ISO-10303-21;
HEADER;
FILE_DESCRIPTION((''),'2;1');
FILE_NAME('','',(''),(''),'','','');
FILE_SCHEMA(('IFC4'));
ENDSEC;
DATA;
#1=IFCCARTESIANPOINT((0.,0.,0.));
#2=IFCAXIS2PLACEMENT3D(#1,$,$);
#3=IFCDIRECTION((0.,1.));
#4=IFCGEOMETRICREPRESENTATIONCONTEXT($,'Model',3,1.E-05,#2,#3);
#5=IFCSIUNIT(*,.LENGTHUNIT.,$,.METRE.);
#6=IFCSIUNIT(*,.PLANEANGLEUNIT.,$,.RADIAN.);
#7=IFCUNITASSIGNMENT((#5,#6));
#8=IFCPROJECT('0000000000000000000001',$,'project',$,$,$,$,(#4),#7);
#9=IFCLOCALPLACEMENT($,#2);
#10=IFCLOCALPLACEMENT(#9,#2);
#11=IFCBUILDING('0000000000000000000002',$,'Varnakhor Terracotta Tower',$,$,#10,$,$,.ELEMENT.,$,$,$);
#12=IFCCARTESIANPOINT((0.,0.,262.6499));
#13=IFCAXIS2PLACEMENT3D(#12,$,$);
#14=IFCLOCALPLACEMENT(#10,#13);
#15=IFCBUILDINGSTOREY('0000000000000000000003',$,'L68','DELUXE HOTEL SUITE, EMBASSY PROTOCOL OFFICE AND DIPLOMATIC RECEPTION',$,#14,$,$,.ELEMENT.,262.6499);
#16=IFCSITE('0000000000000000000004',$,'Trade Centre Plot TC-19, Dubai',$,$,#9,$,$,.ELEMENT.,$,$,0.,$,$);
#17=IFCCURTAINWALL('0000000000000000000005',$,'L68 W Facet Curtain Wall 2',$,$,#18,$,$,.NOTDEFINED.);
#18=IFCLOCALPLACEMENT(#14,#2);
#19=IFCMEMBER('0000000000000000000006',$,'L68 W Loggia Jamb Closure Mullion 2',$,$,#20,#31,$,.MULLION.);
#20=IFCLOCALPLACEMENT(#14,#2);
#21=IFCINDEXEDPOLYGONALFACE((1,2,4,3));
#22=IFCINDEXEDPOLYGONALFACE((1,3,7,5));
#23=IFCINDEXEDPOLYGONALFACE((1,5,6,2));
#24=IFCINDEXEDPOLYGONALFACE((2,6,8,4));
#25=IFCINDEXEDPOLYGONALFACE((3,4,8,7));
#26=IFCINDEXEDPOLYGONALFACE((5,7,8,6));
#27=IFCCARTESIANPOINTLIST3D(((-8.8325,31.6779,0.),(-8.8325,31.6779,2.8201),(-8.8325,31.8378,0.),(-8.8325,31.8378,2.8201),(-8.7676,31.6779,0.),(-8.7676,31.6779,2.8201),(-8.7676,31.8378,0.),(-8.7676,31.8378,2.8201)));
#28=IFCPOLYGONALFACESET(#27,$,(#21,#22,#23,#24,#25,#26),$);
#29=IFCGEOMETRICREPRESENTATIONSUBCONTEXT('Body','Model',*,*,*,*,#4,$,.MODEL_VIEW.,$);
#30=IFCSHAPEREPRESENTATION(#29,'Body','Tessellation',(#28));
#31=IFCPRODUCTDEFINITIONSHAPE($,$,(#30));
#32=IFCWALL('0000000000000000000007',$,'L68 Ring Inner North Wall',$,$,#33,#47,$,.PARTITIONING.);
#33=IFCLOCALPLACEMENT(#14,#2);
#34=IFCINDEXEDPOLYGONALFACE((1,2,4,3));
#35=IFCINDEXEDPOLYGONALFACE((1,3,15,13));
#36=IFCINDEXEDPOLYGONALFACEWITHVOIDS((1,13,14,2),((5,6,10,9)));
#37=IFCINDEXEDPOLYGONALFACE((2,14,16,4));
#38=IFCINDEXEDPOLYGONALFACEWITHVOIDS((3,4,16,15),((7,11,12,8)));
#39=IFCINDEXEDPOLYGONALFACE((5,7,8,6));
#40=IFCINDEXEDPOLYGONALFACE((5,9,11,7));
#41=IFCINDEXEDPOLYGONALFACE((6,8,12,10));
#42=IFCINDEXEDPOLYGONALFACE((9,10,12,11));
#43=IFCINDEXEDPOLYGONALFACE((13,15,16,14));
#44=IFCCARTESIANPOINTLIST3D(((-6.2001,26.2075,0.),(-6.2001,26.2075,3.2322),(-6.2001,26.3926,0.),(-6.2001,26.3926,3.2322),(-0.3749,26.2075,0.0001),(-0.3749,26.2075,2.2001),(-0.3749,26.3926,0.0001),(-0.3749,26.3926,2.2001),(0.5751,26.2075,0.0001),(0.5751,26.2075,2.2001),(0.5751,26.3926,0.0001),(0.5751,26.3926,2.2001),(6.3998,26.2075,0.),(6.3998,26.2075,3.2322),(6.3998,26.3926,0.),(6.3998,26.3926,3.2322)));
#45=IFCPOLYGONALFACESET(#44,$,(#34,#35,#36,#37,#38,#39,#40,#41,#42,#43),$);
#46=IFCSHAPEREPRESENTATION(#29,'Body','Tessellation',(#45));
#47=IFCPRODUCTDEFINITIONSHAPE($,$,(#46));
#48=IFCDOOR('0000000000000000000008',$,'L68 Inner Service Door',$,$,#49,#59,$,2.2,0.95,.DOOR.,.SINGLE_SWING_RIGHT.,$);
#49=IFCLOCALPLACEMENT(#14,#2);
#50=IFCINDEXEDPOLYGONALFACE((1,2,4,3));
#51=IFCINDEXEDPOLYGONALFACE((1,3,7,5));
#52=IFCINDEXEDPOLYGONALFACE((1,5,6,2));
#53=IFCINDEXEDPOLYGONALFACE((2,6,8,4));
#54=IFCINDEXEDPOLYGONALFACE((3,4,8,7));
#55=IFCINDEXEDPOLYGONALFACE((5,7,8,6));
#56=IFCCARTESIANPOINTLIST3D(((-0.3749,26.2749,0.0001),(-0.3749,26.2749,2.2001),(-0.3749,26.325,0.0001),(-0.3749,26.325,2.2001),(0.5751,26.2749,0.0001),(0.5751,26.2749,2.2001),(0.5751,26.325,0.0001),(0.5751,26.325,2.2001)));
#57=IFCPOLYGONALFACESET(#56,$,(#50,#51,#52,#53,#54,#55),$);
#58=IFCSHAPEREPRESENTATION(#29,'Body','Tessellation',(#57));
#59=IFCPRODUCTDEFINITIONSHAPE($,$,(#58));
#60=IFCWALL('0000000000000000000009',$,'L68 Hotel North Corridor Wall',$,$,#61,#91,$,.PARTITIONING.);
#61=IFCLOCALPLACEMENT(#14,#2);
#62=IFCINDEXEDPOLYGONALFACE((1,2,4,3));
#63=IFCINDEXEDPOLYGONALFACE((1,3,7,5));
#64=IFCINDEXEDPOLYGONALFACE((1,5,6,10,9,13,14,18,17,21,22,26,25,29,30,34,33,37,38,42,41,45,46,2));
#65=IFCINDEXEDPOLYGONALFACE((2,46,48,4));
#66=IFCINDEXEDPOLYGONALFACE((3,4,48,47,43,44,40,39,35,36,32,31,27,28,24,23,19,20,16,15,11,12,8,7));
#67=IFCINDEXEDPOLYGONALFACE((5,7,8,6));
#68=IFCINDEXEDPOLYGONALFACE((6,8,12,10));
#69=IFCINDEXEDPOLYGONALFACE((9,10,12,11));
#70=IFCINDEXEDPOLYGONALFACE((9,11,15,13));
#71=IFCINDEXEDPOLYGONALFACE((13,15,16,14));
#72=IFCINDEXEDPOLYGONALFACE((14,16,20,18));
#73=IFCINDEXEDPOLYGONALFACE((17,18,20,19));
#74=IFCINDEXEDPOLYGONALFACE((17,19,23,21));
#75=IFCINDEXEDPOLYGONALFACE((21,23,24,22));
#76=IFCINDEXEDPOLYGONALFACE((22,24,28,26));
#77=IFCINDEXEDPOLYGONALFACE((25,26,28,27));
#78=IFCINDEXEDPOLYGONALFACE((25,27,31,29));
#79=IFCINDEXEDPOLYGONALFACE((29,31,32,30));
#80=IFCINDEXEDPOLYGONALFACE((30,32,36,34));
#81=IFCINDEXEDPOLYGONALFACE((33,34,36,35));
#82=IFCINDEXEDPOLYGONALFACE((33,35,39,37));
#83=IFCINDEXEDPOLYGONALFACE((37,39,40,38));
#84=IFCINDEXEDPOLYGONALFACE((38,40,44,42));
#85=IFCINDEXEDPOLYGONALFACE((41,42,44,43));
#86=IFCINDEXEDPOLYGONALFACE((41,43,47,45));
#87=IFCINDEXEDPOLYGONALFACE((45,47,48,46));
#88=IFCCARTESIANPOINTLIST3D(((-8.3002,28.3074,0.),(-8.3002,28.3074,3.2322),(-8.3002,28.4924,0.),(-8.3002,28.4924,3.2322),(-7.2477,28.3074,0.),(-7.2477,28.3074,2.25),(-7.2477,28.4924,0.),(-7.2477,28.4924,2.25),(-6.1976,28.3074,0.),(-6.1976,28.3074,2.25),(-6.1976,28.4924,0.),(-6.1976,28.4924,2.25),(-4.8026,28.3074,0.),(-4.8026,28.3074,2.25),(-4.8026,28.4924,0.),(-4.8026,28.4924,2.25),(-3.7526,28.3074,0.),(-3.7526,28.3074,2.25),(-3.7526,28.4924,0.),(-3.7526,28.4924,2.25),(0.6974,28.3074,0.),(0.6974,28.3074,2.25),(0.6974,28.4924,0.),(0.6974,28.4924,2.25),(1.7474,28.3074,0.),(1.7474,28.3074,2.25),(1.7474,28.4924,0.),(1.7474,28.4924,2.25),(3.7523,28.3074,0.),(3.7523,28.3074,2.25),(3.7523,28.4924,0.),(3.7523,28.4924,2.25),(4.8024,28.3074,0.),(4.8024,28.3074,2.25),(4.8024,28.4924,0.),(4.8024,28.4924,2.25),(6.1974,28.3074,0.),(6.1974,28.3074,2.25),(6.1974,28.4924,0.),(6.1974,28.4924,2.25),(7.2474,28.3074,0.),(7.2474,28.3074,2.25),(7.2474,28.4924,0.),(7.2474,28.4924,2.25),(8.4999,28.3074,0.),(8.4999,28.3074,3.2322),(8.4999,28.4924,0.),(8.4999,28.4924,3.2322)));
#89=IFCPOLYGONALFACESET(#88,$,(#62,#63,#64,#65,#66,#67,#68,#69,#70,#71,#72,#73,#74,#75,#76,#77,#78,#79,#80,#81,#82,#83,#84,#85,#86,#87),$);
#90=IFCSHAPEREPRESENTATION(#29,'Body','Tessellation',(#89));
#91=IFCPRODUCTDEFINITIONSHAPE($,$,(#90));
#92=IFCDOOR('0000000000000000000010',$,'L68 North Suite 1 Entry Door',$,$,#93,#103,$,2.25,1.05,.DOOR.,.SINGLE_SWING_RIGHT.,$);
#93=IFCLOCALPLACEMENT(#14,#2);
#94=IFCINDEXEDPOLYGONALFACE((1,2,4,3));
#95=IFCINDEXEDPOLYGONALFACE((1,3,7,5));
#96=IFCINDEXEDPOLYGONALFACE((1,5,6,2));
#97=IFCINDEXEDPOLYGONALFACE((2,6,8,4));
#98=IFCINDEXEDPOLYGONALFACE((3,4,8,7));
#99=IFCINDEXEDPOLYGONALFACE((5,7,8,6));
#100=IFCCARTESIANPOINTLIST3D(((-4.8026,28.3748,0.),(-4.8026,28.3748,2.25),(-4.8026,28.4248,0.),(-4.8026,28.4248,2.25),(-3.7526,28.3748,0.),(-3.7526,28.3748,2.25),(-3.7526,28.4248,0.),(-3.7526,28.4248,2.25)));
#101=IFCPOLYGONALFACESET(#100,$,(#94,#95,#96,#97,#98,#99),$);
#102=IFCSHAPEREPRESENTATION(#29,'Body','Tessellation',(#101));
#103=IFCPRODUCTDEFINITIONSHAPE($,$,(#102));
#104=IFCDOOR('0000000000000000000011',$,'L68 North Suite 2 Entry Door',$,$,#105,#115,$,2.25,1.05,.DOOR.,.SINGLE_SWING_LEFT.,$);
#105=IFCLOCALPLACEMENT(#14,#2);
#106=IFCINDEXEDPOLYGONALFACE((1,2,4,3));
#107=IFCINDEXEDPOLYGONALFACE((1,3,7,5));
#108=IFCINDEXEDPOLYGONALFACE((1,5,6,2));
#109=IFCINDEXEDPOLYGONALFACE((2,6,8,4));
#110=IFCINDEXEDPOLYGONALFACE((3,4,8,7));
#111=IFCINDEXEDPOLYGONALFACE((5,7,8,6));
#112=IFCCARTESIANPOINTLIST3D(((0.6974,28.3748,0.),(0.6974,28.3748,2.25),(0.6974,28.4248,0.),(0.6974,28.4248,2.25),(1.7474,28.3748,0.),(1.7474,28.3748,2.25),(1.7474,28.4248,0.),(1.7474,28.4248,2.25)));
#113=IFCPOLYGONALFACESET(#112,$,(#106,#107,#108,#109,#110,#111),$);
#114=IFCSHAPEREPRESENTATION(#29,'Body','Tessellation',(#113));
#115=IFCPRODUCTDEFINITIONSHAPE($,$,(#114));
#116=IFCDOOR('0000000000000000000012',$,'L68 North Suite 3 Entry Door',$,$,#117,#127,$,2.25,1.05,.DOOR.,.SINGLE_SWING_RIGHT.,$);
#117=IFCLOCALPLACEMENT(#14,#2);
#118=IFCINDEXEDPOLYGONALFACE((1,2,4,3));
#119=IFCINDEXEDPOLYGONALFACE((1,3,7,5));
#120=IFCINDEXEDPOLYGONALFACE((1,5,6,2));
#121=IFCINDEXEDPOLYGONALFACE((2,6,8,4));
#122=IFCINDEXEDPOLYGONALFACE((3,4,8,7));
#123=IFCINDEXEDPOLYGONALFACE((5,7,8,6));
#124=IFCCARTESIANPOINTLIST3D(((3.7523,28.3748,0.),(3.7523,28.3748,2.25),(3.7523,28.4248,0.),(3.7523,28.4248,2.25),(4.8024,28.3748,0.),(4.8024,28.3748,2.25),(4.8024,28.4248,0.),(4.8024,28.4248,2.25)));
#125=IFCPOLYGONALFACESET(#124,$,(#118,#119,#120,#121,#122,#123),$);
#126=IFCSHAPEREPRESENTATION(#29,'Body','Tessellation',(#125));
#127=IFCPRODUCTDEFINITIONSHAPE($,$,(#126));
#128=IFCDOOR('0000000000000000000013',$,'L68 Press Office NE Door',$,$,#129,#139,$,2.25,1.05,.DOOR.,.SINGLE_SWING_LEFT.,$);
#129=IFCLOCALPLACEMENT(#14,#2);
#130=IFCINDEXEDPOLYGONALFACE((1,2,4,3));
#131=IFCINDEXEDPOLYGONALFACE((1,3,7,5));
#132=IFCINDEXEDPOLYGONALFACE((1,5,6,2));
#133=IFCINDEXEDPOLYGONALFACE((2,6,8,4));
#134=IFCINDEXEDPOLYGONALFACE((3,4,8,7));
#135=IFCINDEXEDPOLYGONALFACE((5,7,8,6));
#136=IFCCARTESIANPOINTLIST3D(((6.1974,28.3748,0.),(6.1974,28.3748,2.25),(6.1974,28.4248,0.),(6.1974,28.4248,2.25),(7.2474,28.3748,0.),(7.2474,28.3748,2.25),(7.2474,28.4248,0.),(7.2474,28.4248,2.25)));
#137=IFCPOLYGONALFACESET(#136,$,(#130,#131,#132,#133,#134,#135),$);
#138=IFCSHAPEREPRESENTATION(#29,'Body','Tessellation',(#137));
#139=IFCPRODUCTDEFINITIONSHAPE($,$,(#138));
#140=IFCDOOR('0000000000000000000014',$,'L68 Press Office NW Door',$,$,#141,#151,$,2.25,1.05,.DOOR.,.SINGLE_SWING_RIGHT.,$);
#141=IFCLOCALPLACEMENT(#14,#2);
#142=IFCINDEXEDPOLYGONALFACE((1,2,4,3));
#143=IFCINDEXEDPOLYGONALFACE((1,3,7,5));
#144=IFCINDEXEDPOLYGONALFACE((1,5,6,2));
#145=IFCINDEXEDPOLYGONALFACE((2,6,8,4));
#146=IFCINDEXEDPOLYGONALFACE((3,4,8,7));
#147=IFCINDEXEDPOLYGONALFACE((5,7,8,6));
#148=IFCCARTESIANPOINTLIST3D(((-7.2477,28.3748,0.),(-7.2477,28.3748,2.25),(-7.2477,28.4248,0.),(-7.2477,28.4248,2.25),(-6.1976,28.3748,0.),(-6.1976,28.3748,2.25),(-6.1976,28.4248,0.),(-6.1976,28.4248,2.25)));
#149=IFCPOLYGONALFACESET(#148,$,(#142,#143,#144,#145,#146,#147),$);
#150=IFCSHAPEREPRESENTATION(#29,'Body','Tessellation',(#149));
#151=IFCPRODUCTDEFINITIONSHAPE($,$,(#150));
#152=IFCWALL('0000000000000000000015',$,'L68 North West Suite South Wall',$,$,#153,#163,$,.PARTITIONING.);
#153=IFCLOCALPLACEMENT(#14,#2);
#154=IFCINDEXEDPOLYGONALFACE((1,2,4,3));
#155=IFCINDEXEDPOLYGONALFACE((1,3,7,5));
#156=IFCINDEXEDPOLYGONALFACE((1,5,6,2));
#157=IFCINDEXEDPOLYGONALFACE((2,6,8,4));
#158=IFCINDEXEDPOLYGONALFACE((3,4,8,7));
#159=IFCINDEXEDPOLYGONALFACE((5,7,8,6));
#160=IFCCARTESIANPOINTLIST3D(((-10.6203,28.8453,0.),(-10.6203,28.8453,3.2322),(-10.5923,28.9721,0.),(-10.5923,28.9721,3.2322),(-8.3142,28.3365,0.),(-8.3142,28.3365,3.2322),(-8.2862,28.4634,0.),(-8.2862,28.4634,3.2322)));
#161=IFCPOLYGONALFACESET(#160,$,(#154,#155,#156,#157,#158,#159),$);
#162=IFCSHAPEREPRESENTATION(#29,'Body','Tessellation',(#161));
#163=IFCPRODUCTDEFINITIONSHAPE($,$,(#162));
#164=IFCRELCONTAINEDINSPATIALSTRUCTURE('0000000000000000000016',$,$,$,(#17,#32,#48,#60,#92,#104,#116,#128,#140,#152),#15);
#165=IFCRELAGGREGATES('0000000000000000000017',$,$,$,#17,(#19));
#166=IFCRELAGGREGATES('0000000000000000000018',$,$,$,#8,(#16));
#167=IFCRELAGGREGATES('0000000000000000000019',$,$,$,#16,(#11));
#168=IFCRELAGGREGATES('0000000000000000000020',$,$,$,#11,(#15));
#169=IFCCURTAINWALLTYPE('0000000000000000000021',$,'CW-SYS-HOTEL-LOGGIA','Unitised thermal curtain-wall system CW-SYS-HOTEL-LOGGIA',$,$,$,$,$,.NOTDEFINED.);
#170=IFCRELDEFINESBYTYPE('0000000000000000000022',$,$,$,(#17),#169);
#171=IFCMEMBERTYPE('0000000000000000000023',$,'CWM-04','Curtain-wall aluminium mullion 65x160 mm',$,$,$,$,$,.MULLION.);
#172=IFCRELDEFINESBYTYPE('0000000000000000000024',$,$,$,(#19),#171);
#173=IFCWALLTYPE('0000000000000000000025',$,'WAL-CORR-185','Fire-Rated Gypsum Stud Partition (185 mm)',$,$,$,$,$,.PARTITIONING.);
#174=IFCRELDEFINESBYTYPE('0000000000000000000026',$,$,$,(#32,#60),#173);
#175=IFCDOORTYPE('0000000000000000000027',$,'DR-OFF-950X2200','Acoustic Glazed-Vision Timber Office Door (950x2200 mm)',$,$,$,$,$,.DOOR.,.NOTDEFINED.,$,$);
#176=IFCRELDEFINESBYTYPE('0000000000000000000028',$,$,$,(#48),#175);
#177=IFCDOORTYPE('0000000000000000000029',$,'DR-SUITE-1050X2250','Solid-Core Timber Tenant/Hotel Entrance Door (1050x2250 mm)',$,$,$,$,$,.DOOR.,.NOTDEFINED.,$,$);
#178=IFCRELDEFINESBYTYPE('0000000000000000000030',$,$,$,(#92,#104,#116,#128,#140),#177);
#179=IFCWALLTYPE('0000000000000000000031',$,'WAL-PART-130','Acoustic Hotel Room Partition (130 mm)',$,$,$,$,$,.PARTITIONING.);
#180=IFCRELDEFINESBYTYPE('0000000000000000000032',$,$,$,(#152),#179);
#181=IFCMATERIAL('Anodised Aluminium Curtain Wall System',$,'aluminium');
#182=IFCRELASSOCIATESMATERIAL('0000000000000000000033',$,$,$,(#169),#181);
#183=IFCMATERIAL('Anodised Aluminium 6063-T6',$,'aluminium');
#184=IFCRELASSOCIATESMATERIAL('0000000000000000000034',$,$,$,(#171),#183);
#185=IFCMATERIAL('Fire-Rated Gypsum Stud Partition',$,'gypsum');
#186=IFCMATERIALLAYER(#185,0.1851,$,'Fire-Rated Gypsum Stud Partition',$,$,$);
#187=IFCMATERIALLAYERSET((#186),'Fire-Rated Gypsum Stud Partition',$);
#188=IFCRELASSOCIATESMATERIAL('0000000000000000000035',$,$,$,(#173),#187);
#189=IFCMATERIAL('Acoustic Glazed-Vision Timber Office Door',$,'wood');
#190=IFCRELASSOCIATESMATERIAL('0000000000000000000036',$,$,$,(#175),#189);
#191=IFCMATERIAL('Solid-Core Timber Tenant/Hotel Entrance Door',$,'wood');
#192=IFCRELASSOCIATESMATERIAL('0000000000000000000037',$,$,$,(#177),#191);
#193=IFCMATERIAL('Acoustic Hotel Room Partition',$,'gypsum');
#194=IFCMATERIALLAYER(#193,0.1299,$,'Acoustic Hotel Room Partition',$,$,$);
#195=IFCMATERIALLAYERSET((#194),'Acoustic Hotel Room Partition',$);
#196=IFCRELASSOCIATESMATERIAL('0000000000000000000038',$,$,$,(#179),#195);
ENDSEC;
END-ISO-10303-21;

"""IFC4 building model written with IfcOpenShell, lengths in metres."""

from ifc_helpers import new_model, si_unit, direction, frame, frame_2d, origin, origin_2d, place, context, subcontext, project, spatial, rectangle, extrude, source, transform, mapped, material, layer, layer_set, material_profile, profile_set, type_object, type_shapes, element, fill, aggregate, save


model = new_model("IFC4")

# Units and contexts
model_context = context("Model", 3, precision=1e-05, world=origin(), true_north=direction((0.0, 1.0)))
body_context = subcontext(model_context, "Body", "Model", "MODEL_VIEW")
ifc_project = project(units=[si_unit("LENGTHUNIT", "METRE"), si_unit("PLANEANGLEUNIT", "RADIAN")], contexts=[model_context])

# Site, building, storey
site_placement = place(None, origin())
site = spatial("IfcSite", under=ifc_project, at=site_placement, Name="Trade Centre Plot TC-19, Dubai", CompositionType="ELEMENT", RefElevation=0.0)
building_placement = place(site_placement, origin())
building = spatial("IfcBuilding", under=site, at=building_placement, Name="Varnakhor Terracotta Tower", CompositionType="ELEMENT")
storey_placement = place(building_placement, frame((0.0, 0.0, 262.6499)))
storey = spatial("IfcBuildingStorey", under=building, at=storey_placement, Name="L68", Description="DELUXE HOTEL SUITE, EMBASSY PROTOCOL OFFICE AND DIPLOMATIC RECEPTION", CompositionType="ELEMENT", Elevation=262.6499)

# Curtain wall, member
ifc_material_1 = material(Name="Anodised Aluminium Curtain Wall System", Category="aluminium")
curtain_wall_type = type_object("IfcCurtainWallType", Name="CW-SYS-HOTEL-LOGGIA", Description="Unitised thermal curtain-wall system CW-SYS-HOTEL-LOGGIA", PredefinedType="NOTDEFINED", material=ifc_material_1)
curtain_wall_placement = place(storey_placement, origin())
curtain_wall = element("IfcCurtainWall", 1, at=curtain_wall_placement, inside=storey, type_object=curtain_wall_type, Name="L68 W Facet Curtain Wall 2", PredefinedType="NOTDEFINED")
ifc_material_2 = material(Name="Anodised Aluminium 6063-T6", Category="aluminium")
ifc_material_profile_1 = material_profile(ifc_material_2, rectangle(XDim=0.0649, YDim=0.1599, at=origin_2d()), Name="ALU MULLION 65x160")
ifc_profile_set_1 = profile_set([ifc_material_profile_1], Name="Anodised Aluminium 6063-T6")
member_type = type_object("IfcMemberType", Name="CWM-04", Description="Curtain-wall aluminium mullion 65x160 mm", PredefinedType="MULLION", material=ifc_profile_set_1)
shared_shape_1 = source(origin(), body_context, "Body", "SweptSolid", [
    extrude(rectangle(XDim=0.0649, YDim=0.1599, at=origin_2d()), origin(), (0.0, 0.0, 1.0), 2.8201),
])
type_shapes(member_type, [shared_shape_1])
member_placement = place(storey_placement, frame((-8.8, 31.7578, 0.0), z_axis=(0.0, 0.0, 1.0), x_axis=(1.0, 0.0, 0.0)))
member = element("IfcMember", 2, at=member_placement, type_object=member_type, Name="L68 W Loggia Jamb Closure Mullion 2", PredefinedType="MULLION", context=body_context, shape_type="MappedRepresentation", body=[
    mapped(shared_shape_1, transform((0.0, 0.0, 0.0), scale=1.0)),
])
aggregate(curtain_wall, [member])

# Wall, opening, door
ifc_material_3 = material(Name="Fire-Rated Gypsum Stud Partition", Category="gypsum")
ifc_layer_1 = layer(ifc_material_3, 0.1851, Name="Fire-Rated Gypsum Stud Partition")
ifc_layer_set_1 = layer_set([ifc_layer_1], Name="Fire-Rated Gypsum Stud Partition")
wall_type_1 = type_object("IfcWallType", Name="WAL-CORR-185", Description="Fire-Rated Gypsum Stud Partition (185 mm)", PredefinedType="PARTITIONING", material=ifc_layer_set_1)
wall_1_placement = place(storey_placement, frame((-6.2, 26.3, 0.0), z_axis=(0.0, 0.0, 1.0), x_axis=(1.0, 0.0, 0.0)))
wall_1 = element("IfcWall", 3, at=wall_1_placement, inside=storey, type_object=wall_type_1, Name="L68 Ring Inner North Wall", PredefinedType="PARTITIONING", context=body_context, shape_type="SweptSolid", body=[
    extrude(rectangle(XDim=12.5999, YDim=0.1851, at=frame_2d((6.2998, 0.0))), origin(), (0.0, 0.0, 1.0), 3.2322),
])
opening_1_placement = place(wall_1_placement, frame((5.825, 0.0, 0.0)))
opening_1 = element("IfcOpeningElement", 4, at=opening_1_placement, cuts=wall_1, PredefinedType="OPENING", context=body_context, shape_type="SweptSolid", body=[
    extrude(rectangle(XDim=0.95, YDim=2.2, at=frame_2d((0.4751, 1.1001))), frame((0.0, 0.1025, 0.0), z_axis=(0.0, -1.0, 0.0), x_axis=(1.0, 0.0, 0.0)), (0.0, 0.0, 1.0), 0.2051),
])
ifc_material_4 = material(Name="Acoustic Glazed-Vision Timber Office Door", Category="wood")
door_type_1 = type_object("IfcDoorType", Name="DR-OFF-950X2200", Description="Acoustic Glazed-Vision Timber Office Door (950x2200 mm)", OperationType="NOTDEFINED", PredefinedType="DOOR", material=ifc_material_4)
shared_shape_2 = source(origin(), body_context, "Body", "SweptSolid", [
    extrude(rectangle(XDim=0.95, YDim=2.2, at=frame_2d((0.4751, 1.1001))), frame((0.0, 0.0249, 0.0), z_axis=(0.0, -1.0, 0.0), x_axis=(1.0, 0.0, 0.0)), (0.0, 0.0, 1.0), 0.05),
])
type_shapes(door_type_1, [shared_shape_2])
door_1_placement = place(opening_1_placement, origin())
door_1 = element("IfcDoor", 5, at=door_1_placement, inside=storey, type_object=door_type_1, Name="L68 Inner Service Door", OperationType="SINGLE_SWING_RIGHT", OverallHeight=2.2, OverallWidth=0.95, PredefinedType="DOOR", context=body_context, shape_type="MappedRepresentation", body=[
    mapped(shared_shape_2, transform((0.0, 0.0, 0.0), scale=1.0)),
])
fill(opening_1, door_1)

# Wall, openings, doors
wall_2_placement = place(storey_placement, frame((-8.3, 28.3999, 0.0), z_axis=(0.0, 0.0, 1.0), x_axis=(1.0, 0.0, 0.0)))
wall_2 = element("IfcWall", 6, at=wall_2_placement, inside=storey, type_object=wall_type_1, Name="L68 Hotel North Corridor Wall", PredefinedType="PARTITIONING", context=body_context, shape_type="SweptSolid", body=[
    extrude(rectangle(XDim=16.8, YDim=0.1851, at=frame_2d((8.3999, 0.0))), origin(), (0.0, 0.0, 1.0), 3.2322),
])
opening_2_placement = place(wall_2_placement, frame((3.4976, 0.0, 0.0)))
opening_2 = element("IfcOpeningElement", 7, at=opening_2_placement, cuts=wall_2, PredefinedType="OPENING", context=body_context, shape_type="SweptSolid", body=[
    extrude(rectangle(XDim=1.05, YDim=2.25, at=frame_2d((0.5249, 1.125))), frame((0.0, 0.1025, 0.0), z_axis=(0.0, -1.0, 0.0), x_axis=(1.0, 0.0, 0.0)), (0.0, 0.0, 1.0), 0.2051),
])
opening_3_placement = place(wall_2_placement, frame((8.9976, 0.0, 0.0)))
opening_3 = element("IfcOpeningElement", 8, at=opening_3_placement, cuts=wall_2, PredefinedType="OPENING", context=body_context, shape_type="SweptSolid", body=[
    extrude(rectangle(XDim=1.05, YDim=2.25, at=frame_2d((0.5249, 1.125))), frame((0.0, 0.1025, 0.0), z_axis=(0.0, -1.0, 0.0), x_axis=(1.0, 0.0, 0.0)), (0.0, 0.0, 1.0), 0.2051),
])
opening_4_placement = place(wall_2_placement, frame((12.0525, 0.0, 0.0)))
opening_4 = element("IfcOpeningElement", 9, at=opening_4_placement, cuts=wall_2, PredefinedType="OPENING", context=body_context, shape_type="SweptSolid", body=[
    extrude(rectangle(XDim=1.05, YDim=2.25, at=frame_2d((0.5249, 1.125))), frame((0.0, 0.1025, 0.0), z_axis=(0.0, -1.0, 0.0), x_axis=(1.0, 0.0, 0.0)), (0.0, 0.0, 1.0), 0.2051),
])
opening_5_placement = place(wall_2_placement, frame((14.4976, 0.0, 0.0)))
opening_5 = element("IfcOpeningElement", 10, at=opening_5_placement, cuts=wall_2, PredefinedType="OPENING", context=body_context, shape_type="SweptSolid", body=[
    extrude(rectangle(XDim=1.05, YDim=2.25, at=frame_2d((0.5249, 1.125))), frame((0.0, 0.1025, 0.0), z_axis=(0.0, -1.0, 0.0), x_axis=(1.0, 0.0, 0.0)), (0.0, 0.0, 1.0), 0.2051),
])
opening_6_placement = place(wall_2_placement, frame((1.0525, 0.0, 0.0)))
opening_6 = element("IfcOpeningElement", 11, at=opening_6_placement, cuts=wall_2, PredefinedType="OPENING", context=body_context, shape_type="SweptSolid", body=[
    extrude(rectangle(XDim=1.05, YDim=2.25, at=frame_2d((0.5249, 1.125))), frame((0.0, 0.1025, 0.0), z_axis=(0.0, -1.0, 0.0), x_axis=(1.0, 0.0, 0.0)), (0.0, 0.0, 1.0), 0.2051),
])
ifc_material_5 = material(Name="Solid-Core Timber Tenant/Hotel Entrance Door", Category="wood")
door_type_2 = type_object("IfcDoorType", Name="DR-SUITE-1050X2250", Description="Solid-Core Timber Tenant/Hotel Entrance Door (1050x2250 mm)", OperationType="NOTDEFINED", PredefinedType="DOOR", material=ifc_material_5)
shared_shape_3 = source(origin(), body_context, "Body", "SweptSolid", [
    extrude(rectangle(XDim=1.05, YDim=2.25, at=frame_2d((0.5249, 1.125))), frame((0.0, 0.0249, 0.0), z_axis=(0.0, -1.0, 0.0), x_axis=(1.0, 0.0, 0.0)), (0.0, 0.0, 1.0), 0.05),
])
type_shapes(door_type_2, [shared_shape_3])
door_2_placement = place(opening_2_placement, origin())
door_2 = element("IfcDoor", 12, at=door_2_placement, inside=storey, type_object=door_type_2, Name="L68 North Suite 1 Entry Door", OperationType="SINGLE_SWING_RIGHT", OverallHeight=2.25, OverallWidth=1.05, PredefinedType="DOOR", context=body_context, shape_type="MappedRepresentation", body=[
    mapped(shared_shape_3, transform((0.0, 0.0, 0.0), scale=1.0)),
])
fill(opening_2, door_2)
door_3_placement = place(opening_3_placement, origin())
door_3 = element("IfcDoor", 13, at=door_3_placement, inside=storey, type_object=door_type_2, Name="L68 North Suite 2 Entry Door", OperationType="SINGLE_SWING_LEFT", OverallHeight=2.25, OverallWidth=1.05, PredefinedType="DOOR", context=body_context, shape_type="MappedRepresentation", body=[
    mapped(shared_shape_3, transform((0.0, 0.0, 0.0), scale=1.0)),
])
fill(opening_3, door_3)
door_4_placement = place(opening_4_placement, origin())
door_4 = element("IfcDoor", 14, at=door_4_placement, inside=storey, type_object=door_type_2, Name="L68 North Suite 3 Entry Door", OperationType="SINGLE_SWING_RIGHT", OverallHeight=2.25, OverallWidth=1.05, PredefinedType="DOOR", context=body_context, shape_type="MappedRepresentation", body=[
    mapped(shared_shape_3, transform((0.0, 0.0, 0.0), scale=1.0)),
])
fill(opening_4, door_4)
door_5_placement = place(opening_5_placement, origin())
door_5 = element("IfcDoor", 15, at=door_5_placement, inside=storey, type_object=door_type_2, Name="L68 Press Office NE Door", OperationType="SINGLE_SWING_LEFT", OverallHeight=2.25, OverallWidth=1.05, PredefinedType="DOOR", context=body_context, shape_type="MappedRepresentation", body=[
    mapped(shared_shape_3, transform((0.0, 0.0, 0.0), scale=1.0)),
])
fill(opening_5, door_5)
door_6_placement = place(opening_6_placement, origin())
door_6 = element("IfcDoor", 16, at=door_6_placement, inside=storey, type_object=door_type_2, Name="L68 Press Office NW Door", OperationType="SINGLE_SWING_RIGHT", OverallHeight=2.25, OverallWidth=1.05, PredefinedType="DOOR", context=body_context, shape_type="MappedRepresentation", body=[
    mapped(shared_shape_3, transform((0.0, 0.0, 0.0), scale=1.0)),
])
fill(opening_6, door_6)

# Wall
ifc_material_6 = material(Name="Acoustic Hotel Room Partition", Category="gypsum")
ifc_layer_2 = layer(ifc_material_6, 0.1299, Name="Acoustic Hotel Room Partition")
ifc_layer_set_2 = layer_set([ifc_layer_2], Name="Acoustic Hotel Room Partition")
wall_type_2 = type_object("IfcWallType", Name="WAL-PART-130", Description="Acoustic Hotel Room Partition (130 mm)", PredefinedType="PARTITIONING", material=ifc_layer_set_2)
wall_3_placement = place(storey_placement, frame((-10.6062, 28.9087, 0.0), z_axis=(0.0, 0.0, 1.0), x_axis=(0.976517, -0.215442, 0.0)))
element("IfcWall", 17, at=wall_3_placement, inside=storey, type_object=wall_type_2, Name="L68 North West Suite South Wall", PredefinedType="PARTITIONING", context=body_context, shape_type="SweptSolid", body=[
    extrude(rectangle(XDim=2.3616, YDim=0.1299, at=frame_2d((1.1807, 0.0))), origin(), (0.0, 0.0, 1.0), 3.2322),
])

save(model, "model.ifc")
